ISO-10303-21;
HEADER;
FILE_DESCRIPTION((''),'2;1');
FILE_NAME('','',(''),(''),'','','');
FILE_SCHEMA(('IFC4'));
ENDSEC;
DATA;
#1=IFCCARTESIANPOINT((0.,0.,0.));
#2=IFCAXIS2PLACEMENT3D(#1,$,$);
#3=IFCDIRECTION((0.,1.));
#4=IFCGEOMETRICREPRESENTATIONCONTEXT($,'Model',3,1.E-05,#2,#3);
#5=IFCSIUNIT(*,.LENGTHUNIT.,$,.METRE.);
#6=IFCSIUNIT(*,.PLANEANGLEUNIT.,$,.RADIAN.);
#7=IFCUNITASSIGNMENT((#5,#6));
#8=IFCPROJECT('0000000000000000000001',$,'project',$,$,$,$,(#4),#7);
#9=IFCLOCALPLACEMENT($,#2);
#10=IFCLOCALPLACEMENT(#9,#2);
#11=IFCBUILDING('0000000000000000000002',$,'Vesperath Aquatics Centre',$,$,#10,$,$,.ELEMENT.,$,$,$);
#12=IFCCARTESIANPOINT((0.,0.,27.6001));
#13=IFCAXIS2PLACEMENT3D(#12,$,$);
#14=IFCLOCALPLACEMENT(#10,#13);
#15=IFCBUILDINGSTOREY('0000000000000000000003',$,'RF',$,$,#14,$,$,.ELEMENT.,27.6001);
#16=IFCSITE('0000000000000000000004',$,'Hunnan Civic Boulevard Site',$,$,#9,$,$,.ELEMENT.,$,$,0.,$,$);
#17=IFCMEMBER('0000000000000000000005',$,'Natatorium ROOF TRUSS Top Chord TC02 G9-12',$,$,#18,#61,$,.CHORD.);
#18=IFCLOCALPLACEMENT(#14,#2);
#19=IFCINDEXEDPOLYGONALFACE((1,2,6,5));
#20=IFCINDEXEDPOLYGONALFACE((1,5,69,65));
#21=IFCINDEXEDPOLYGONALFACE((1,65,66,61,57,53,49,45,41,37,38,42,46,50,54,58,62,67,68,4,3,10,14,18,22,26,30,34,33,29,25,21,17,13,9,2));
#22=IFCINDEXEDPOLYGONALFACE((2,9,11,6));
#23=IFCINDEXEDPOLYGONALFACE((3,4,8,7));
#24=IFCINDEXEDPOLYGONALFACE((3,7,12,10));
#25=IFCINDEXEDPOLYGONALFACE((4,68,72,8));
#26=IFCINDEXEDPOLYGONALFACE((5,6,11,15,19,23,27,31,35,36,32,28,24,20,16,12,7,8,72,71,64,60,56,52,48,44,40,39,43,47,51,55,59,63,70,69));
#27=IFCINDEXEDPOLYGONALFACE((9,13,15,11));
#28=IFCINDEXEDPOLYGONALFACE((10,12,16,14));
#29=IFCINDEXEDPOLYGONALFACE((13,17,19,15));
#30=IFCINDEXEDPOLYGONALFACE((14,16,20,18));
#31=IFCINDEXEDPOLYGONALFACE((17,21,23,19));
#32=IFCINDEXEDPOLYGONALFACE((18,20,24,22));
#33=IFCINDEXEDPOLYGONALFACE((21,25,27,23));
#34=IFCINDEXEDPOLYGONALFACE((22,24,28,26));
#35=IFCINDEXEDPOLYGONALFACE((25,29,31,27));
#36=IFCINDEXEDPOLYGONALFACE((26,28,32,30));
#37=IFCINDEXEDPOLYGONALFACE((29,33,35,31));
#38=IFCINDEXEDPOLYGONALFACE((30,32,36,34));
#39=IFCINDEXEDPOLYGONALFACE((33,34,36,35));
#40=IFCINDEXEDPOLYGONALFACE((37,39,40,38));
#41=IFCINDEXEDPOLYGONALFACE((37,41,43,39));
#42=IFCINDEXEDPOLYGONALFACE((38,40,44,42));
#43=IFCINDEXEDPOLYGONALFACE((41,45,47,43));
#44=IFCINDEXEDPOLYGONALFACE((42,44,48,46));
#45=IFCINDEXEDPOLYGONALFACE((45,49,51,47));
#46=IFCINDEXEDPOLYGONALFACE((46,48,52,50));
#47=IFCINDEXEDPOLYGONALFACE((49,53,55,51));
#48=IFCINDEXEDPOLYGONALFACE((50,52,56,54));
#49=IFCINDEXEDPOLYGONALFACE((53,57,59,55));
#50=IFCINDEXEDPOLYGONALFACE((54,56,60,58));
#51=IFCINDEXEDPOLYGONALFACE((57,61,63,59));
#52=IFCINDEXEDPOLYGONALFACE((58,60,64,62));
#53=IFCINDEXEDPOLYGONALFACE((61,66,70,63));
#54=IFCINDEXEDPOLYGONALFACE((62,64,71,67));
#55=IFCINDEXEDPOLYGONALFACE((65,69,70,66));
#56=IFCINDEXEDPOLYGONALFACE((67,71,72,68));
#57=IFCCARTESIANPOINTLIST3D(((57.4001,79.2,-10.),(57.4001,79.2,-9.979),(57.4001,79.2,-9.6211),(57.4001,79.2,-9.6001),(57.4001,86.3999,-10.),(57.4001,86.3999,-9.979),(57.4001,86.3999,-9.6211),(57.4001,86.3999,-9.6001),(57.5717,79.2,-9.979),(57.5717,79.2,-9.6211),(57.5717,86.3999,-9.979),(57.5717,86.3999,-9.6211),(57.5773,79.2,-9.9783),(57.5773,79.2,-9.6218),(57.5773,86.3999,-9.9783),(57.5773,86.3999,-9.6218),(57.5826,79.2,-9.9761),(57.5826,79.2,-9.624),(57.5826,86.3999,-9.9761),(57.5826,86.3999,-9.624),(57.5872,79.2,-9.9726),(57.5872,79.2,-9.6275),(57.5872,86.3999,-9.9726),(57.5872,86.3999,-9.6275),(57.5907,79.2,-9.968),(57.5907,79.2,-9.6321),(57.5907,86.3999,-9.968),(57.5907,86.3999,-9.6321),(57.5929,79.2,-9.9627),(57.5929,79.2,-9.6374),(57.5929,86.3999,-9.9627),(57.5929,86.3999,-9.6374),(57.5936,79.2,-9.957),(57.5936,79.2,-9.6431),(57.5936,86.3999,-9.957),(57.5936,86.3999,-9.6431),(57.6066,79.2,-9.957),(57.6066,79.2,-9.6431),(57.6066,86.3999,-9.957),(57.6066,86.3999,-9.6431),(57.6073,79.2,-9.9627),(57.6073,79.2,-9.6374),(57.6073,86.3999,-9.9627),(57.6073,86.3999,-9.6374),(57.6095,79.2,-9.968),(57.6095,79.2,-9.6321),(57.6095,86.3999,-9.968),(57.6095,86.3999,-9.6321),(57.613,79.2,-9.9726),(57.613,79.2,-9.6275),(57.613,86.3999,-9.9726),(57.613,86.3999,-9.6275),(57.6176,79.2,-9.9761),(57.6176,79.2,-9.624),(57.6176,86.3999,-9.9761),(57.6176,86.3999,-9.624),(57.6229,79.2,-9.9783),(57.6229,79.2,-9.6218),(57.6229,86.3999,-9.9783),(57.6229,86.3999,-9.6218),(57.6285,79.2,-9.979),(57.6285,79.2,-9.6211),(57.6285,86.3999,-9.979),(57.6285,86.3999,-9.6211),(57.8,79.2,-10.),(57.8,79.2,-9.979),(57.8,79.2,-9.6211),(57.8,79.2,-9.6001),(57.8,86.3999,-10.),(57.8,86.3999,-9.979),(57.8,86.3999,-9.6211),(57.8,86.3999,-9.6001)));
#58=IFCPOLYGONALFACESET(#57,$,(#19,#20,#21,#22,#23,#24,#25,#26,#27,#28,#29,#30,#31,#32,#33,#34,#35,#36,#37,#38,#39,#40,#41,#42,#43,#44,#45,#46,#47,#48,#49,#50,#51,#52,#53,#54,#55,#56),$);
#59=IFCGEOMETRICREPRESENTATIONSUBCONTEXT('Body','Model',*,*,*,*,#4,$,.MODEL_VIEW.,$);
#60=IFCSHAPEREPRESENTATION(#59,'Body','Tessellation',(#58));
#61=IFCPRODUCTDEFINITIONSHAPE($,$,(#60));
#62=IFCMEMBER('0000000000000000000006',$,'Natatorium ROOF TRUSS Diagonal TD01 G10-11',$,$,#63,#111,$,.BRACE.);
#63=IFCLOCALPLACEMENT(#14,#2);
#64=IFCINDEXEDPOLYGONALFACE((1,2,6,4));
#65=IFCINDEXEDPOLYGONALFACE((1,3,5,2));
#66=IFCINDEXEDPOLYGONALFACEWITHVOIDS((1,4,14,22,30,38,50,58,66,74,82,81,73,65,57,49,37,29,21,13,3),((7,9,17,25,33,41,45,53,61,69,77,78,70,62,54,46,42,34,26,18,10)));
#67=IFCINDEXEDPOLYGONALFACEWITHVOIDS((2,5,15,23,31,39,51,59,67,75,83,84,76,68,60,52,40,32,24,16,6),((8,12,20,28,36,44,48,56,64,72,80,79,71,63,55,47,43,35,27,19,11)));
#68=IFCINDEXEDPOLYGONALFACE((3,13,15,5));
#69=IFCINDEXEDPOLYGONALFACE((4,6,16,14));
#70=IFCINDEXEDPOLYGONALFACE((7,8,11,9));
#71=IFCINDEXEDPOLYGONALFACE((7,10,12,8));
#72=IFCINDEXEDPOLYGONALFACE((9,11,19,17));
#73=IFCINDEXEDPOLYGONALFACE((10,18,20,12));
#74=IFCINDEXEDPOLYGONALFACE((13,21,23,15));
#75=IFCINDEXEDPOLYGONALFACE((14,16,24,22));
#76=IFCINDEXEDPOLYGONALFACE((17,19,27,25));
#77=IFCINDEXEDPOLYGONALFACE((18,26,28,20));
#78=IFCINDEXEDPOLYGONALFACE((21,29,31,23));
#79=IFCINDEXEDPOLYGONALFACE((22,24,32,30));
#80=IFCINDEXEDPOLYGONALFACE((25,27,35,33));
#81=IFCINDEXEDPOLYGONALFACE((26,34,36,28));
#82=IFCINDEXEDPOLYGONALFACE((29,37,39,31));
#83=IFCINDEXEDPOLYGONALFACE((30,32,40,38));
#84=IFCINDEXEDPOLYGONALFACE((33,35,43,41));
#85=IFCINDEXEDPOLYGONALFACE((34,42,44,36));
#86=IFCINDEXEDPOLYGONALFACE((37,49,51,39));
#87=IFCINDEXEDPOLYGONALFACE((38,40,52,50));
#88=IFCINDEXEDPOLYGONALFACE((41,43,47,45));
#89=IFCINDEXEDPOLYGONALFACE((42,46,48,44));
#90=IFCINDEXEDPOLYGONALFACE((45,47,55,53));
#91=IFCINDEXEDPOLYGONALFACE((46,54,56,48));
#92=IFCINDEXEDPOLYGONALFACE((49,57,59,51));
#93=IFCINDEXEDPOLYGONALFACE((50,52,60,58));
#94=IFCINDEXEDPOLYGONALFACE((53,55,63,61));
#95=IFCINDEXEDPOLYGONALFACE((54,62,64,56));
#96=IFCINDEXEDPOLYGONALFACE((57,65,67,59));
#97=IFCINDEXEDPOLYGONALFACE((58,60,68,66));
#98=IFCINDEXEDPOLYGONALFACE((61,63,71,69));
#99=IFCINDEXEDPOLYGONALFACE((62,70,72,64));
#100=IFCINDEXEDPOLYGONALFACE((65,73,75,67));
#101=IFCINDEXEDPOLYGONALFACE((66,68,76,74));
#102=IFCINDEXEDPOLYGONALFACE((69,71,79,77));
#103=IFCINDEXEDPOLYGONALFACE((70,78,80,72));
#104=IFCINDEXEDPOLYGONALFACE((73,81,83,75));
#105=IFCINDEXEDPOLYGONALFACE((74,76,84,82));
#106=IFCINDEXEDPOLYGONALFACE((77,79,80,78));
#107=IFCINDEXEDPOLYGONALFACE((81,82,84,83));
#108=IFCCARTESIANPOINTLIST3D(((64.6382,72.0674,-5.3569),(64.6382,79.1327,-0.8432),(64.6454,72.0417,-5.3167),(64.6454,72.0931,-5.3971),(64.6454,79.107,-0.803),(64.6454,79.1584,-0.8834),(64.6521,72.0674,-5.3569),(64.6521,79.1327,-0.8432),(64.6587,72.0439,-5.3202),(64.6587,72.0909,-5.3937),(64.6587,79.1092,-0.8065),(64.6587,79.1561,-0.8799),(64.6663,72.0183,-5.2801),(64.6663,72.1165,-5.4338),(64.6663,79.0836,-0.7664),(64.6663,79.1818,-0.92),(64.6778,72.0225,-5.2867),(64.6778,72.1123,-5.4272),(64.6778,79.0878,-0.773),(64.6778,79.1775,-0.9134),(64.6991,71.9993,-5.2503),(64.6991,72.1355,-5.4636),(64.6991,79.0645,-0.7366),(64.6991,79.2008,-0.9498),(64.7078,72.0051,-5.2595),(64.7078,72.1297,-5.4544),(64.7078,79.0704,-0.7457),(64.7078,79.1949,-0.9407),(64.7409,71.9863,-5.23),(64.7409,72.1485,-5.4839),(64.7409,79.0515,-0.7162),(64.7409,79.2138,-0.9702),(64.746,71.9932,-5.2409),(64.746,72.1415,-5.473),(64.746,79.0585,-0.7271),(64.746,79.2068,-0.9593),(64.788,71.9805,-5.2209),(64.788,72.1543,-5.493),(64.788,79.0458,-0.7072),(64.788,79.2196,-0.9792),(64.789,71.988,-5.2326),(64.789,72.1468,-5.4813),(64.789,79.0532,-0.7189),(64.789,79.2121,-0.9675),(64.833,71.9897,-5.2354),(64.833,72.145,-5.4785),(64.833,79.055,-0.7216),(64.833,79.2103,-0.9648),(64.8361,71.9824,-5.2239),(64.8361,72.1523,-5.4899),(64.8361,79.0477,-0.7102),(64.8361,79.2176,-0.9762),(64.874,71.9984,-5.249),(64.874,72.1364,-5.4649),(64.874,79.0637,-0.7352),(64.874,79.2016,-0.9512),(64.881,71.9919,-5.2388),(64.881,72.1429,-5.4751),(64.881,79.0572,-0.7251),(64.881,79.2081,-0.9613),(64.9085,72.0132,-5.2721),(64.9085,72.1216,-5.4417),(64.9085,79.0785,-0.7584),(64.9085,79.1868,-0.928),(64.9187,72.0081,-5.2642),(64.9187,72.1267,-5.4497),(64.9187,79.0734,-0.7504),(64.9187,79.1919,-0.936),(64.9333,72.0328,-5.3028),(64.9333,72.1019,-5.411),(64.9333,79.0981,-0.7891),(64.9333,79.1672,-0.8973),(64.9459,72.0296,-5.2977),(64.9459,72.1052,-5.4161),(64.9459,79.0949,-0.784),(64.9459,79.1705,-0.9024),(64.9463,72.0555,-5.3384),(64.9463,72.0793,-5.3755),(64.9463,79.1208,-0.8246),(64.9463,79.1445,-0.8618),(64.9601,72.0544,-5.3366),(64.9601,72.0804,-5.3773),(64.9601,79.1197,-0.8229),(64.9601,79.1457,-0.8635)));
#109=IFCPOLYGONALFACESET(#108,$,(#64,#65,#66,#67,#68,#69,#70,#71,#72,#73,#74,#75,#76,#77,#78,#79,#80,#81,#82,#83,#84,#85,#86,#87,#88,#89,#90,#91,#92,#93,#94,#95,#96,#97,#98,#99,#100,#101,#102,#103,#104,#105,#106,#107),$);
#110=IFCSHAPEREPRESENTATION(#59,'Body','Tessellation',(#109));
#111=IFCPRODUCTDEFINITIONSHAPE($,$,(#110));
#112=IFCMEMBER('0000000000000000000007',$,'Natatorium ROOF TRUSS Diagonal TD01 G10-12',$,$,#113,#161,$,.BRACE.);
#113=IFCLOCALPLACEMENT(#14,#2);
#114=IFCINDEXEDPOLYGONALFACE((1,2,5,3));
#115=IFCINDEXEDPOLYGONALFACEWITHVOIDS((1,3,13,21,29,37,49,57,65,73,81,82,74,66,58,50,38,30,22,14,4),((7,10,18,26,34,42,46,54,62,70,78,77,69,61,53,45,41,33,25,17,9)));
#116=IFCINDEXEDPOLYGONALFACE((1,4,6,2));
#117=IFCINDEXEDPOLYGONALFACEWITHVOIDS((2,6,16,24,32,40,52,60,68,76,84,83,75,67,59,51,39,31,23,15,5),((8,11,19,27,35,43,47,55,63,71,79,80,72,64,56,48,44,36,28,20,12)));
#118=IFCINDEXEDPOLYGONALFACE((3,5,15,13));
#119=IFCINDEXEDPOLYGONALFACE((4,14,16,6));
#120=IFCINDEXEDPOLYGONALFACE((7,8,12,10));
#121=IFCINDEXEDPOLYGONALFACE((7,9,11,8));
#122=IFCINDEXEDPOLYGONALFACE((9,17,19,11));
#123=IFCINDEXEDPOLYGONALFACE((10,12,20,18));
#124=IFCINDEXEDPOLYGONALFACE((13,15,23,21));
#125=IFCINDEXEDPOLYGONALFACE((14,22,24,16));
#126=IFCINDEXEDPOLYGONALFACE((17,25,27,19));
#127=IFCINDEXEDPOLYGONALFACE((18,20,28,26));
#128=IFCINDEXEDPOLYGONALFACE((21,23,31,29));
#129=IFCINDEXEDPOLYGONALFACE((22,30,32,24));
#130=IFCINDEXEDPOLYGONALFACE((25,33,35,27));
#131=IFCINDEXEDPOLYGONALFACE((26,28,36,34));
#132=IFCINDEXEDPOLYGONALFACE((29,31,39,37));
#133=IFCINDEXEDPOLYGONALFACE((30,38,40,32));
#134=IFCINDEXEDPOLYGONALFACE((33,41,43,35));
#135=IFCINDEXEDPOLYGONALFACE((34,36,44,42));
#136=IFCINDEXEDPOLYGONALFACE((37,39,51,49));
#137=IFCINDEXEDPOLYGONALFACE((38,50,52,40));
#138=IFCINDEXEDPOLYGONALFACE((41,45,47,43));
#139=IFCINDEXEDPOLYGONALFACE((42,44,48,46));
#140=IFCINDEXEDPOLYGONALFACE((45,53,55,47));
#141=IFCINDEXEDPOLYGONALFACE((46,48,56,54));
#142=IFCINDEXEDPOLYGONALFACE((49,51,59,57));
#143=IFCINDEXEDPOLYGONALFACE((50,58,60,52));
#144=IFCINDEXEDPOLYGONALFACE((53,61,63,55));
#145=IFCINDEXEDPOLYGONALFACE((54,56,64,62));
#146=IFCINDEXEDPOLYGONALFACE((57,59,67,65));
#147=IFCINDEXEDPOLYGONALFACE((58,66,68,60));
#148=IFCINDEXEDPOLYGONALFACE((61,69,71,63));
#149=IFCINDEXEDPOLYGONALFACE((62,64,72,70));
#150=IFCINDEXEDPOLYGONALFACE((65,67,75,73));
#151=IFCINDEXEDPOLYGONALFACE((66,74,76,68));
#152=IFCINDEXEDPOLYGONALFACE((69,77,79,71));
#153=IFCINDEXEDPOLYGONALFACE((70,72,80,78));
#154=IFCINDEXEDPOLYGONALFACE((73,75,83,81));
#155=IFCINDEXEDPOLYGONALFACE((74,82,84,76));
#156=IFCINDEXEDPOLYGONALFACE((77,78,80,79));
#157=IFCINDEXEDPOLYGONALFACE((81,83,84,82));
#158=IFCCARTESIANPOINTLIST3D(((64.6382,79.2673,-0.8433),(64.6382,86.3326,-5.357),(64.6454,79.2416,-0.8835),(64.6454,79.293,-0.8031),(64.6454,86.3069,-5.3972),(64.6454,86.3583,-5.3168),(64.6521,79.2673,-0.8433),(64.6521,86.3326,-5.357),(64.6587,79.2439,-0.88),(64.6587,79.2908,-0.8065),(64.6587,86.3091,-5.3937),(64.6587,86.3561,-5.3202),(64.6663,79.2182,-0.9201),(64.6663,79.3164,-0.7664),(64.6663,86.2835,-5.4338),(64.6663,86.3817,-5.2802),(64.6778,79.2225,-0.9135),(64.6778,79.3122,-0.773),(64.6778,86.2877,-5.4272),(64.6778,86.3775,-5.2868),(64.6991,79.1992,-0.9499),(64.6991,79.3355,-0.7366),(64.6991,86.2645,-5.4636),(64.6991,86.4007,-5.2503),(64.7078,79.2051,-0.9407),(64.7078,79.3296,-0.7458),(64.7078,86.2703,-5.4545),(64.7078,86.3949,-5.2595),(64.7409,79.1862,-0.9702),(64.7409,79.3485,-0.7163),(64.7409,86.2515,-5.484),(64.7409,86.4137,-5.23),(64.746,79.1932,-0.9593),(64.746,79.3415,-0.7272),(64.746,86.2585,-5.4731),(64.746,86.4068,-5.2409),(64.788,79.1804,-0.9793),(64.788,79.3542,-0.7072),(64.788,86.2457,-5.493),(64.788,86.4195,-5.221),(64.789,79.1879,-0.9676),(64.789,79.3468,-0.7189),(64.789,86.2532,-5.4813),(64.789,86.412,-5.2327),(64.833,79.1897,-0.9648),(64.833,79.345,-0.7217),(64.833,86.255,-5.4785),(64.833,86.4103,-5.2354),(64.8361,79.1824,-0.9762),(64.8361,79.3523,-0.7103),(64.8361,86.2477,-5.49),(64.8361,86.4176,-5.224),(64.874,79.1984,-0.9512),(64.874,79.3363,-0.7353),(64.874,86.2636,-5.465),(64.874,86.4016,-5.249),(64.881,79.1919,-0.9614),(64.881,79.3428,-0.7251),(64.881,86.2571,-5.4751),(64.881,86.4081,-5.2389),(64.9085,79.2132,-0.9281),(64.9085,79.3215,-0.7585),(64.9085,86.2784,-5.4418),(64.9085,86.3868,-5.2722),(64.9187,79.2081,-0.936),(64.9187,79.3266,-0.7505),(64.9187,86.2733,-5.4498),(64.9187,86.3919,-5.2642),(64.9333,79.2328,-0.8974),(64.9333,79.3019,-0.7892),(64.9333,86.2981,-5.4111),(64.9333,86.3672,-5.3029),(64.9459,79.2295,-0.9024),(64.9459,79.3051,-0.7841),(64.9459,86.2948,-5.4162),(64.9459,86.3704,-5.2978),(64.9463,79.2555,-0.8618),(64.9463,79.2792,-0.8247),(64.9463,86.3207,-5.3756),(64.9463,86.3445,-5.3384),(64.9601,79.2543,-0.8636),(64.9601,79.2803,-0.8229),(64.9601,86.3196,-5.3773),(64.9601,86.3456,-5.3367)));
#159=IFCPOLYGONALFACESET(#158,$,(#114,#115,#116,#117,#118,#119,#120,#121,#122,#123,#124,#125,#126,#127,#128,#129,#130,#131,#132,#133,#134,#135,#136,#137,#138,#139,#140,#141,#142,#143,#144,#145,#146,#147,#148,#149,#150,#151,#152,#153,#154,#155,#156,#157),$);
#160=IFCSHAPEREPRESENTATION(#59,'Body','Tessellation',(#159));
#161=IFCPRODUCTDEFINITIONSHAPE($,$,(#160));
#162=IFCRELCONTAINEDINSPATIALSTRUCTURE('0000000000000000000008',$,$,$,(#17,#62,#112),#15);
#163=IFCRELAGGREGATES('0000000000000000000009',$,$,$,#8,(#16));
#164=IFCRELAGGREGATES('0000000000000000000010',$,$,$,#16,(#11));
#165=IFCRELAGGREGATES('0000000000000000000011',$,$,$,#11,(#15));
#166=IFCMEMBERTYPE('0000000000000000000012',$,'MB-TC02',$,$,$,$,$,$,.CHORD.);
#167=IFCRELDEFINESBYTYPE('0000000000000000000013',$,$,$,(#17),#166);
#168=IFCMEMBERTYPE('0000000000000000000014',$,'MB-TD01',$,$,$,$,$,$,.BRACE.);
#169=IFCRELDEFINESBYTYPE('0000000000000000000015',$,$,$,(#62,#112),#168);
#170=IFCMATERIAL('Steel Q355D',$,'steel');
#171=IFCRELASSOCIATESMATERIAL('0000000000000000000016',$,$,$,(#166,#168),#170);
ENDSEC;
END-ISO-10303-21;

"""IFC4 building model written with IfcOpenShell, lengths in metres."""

from ifc_helpers import new_model, si_unit, direction, frame, origin, origin_2d, place, context, subcontext, project, spatial, hollow_circle, i_section, extrude, material, material_profile, profile_set, type_object, element, save


model = new_model("IFC4")

# Units and contexts
model_context = context("Model", 3, precision=1e-05, world=origin(), true_north=direction((0.0, 1.0)))
body_context = subcontext(model_context, "Body", "Model", "MODEL_VIEW")
ifc_project = project(units=[si_unit("LENGTHUNIT", "METRE"), si_unit("PLANEANGLEUNIT", "RADIAN")], contexts=[model_context])

# Site, building, storey
site_placement = place(None, origin())
site = spatial("IfcSite", under=ifc_project, at=site_placement, Name="Hunnan Civic Boulevard Site", CompositionType="ELEMENT", RefElevation=0.0)
building_placement = place(site_placement, origin())
building = spatial("IfcBuilding", under=site, at=building_placement, Name="Vesperath Aquatics Centre", CompositionType="ELEMENT")
storey_placement = place(building_placement, frame((0.0, 0.0, 27.6001)))
storey = spatial("IfcBuildingStorey", under=building, at=storey_placement, Name="RF", CompositionType="ELEMENT", Elevation=27.6001)

# Members
ifc_material_1 = material(Name="Steel Q355D", Category="steel")
ifc_material_profile_1 = material_profile(ifc_material_1, i_section(OverallWidth=0.3999, OverallDepth=0.3999, WebThickness=0.0129, FlangeThickness=0.021, FilletRadius=0.022, at=origin_2d()), Name="HW 400x400x13x21")
ifc_profile_set_1 = profile_set([ifc_material_profile_1], Name="Steel Q355D")
member_type_1 = type_object("IfcMemberType", Name="MB-TC02", PredefinedType="CHORD", material=ifc_profile_set_1)
member_1_placement = place(storey_placement, frame((57.6001, 79.2, -9.8), z_axis=(0.0, 1.0, 0.0), x_axis=(-1.0, 0.0, 0.0)))
element("IfcMember", 1, at=member_1_placement, inside=storey, type_object=member_type_1, Name="Natatorium ROOF TRUSS Top Chord TC02 G9-12", PredefinedType="CHORD", context=body_context, shape_type="SweptSolid", body=[
    extrude(i_section(OverallWidth=0.3999, OverallDepth=0.3999, WebThickness=0.0129, FlangeThickness=0.021, FilletRadius=0.022, at=origin_2d()), origin(), (0.0, 0.0, 1.0), 7.2),
])
ifc_material_profile_2 = material_profile(ifc_material_1, hollow_circle(Radius=0.1619, WallThickness=0.0139, at=origin_2d()), Name="CHS 323.9x14")
ifc_profile_set_2 = profile_set([ifc_material_profile_2], Name="Steel Q355D")
member_type_2 = type_object("IfcMemberType", Name="MB-TD01", PredefinedType="BRACE", material=ifc_profile_set_2)
for number, where, z_axis, x_axis, name in (
    (2, (64.8, 72.0674, -5.3569), (0.0, 0.842707, 0.538373), (-1.0, 0.0, 0.0), "Natatorium ROOF TRUSS Diagonal TD01 G10-11"),
    (3, (64.8, 79.2673, -0.8433), (0.0, 0.842707, -0.538373), (-1.0, 0.0, 0.0), "Natatorium ROOF TRUSS Diagonal TD01 G10-12"),
):
    element("IfcMember", number, at=place(storey_placement, frame(where, z_axis=z_axis, x_axis=x_axis)), inside=storey, type_object=member_type_2, Name=name, PredefinedType="BRACE", context=body_context, shape_type="SweptSolid", body=[
        extrude(hollow_circle(Radius=0.1619, WallThickness=0.0139, at=origin_2d()), origin(), (0.0, 0.0, 1.0), 8.384),
    ])

save(model, "model.ifc")
